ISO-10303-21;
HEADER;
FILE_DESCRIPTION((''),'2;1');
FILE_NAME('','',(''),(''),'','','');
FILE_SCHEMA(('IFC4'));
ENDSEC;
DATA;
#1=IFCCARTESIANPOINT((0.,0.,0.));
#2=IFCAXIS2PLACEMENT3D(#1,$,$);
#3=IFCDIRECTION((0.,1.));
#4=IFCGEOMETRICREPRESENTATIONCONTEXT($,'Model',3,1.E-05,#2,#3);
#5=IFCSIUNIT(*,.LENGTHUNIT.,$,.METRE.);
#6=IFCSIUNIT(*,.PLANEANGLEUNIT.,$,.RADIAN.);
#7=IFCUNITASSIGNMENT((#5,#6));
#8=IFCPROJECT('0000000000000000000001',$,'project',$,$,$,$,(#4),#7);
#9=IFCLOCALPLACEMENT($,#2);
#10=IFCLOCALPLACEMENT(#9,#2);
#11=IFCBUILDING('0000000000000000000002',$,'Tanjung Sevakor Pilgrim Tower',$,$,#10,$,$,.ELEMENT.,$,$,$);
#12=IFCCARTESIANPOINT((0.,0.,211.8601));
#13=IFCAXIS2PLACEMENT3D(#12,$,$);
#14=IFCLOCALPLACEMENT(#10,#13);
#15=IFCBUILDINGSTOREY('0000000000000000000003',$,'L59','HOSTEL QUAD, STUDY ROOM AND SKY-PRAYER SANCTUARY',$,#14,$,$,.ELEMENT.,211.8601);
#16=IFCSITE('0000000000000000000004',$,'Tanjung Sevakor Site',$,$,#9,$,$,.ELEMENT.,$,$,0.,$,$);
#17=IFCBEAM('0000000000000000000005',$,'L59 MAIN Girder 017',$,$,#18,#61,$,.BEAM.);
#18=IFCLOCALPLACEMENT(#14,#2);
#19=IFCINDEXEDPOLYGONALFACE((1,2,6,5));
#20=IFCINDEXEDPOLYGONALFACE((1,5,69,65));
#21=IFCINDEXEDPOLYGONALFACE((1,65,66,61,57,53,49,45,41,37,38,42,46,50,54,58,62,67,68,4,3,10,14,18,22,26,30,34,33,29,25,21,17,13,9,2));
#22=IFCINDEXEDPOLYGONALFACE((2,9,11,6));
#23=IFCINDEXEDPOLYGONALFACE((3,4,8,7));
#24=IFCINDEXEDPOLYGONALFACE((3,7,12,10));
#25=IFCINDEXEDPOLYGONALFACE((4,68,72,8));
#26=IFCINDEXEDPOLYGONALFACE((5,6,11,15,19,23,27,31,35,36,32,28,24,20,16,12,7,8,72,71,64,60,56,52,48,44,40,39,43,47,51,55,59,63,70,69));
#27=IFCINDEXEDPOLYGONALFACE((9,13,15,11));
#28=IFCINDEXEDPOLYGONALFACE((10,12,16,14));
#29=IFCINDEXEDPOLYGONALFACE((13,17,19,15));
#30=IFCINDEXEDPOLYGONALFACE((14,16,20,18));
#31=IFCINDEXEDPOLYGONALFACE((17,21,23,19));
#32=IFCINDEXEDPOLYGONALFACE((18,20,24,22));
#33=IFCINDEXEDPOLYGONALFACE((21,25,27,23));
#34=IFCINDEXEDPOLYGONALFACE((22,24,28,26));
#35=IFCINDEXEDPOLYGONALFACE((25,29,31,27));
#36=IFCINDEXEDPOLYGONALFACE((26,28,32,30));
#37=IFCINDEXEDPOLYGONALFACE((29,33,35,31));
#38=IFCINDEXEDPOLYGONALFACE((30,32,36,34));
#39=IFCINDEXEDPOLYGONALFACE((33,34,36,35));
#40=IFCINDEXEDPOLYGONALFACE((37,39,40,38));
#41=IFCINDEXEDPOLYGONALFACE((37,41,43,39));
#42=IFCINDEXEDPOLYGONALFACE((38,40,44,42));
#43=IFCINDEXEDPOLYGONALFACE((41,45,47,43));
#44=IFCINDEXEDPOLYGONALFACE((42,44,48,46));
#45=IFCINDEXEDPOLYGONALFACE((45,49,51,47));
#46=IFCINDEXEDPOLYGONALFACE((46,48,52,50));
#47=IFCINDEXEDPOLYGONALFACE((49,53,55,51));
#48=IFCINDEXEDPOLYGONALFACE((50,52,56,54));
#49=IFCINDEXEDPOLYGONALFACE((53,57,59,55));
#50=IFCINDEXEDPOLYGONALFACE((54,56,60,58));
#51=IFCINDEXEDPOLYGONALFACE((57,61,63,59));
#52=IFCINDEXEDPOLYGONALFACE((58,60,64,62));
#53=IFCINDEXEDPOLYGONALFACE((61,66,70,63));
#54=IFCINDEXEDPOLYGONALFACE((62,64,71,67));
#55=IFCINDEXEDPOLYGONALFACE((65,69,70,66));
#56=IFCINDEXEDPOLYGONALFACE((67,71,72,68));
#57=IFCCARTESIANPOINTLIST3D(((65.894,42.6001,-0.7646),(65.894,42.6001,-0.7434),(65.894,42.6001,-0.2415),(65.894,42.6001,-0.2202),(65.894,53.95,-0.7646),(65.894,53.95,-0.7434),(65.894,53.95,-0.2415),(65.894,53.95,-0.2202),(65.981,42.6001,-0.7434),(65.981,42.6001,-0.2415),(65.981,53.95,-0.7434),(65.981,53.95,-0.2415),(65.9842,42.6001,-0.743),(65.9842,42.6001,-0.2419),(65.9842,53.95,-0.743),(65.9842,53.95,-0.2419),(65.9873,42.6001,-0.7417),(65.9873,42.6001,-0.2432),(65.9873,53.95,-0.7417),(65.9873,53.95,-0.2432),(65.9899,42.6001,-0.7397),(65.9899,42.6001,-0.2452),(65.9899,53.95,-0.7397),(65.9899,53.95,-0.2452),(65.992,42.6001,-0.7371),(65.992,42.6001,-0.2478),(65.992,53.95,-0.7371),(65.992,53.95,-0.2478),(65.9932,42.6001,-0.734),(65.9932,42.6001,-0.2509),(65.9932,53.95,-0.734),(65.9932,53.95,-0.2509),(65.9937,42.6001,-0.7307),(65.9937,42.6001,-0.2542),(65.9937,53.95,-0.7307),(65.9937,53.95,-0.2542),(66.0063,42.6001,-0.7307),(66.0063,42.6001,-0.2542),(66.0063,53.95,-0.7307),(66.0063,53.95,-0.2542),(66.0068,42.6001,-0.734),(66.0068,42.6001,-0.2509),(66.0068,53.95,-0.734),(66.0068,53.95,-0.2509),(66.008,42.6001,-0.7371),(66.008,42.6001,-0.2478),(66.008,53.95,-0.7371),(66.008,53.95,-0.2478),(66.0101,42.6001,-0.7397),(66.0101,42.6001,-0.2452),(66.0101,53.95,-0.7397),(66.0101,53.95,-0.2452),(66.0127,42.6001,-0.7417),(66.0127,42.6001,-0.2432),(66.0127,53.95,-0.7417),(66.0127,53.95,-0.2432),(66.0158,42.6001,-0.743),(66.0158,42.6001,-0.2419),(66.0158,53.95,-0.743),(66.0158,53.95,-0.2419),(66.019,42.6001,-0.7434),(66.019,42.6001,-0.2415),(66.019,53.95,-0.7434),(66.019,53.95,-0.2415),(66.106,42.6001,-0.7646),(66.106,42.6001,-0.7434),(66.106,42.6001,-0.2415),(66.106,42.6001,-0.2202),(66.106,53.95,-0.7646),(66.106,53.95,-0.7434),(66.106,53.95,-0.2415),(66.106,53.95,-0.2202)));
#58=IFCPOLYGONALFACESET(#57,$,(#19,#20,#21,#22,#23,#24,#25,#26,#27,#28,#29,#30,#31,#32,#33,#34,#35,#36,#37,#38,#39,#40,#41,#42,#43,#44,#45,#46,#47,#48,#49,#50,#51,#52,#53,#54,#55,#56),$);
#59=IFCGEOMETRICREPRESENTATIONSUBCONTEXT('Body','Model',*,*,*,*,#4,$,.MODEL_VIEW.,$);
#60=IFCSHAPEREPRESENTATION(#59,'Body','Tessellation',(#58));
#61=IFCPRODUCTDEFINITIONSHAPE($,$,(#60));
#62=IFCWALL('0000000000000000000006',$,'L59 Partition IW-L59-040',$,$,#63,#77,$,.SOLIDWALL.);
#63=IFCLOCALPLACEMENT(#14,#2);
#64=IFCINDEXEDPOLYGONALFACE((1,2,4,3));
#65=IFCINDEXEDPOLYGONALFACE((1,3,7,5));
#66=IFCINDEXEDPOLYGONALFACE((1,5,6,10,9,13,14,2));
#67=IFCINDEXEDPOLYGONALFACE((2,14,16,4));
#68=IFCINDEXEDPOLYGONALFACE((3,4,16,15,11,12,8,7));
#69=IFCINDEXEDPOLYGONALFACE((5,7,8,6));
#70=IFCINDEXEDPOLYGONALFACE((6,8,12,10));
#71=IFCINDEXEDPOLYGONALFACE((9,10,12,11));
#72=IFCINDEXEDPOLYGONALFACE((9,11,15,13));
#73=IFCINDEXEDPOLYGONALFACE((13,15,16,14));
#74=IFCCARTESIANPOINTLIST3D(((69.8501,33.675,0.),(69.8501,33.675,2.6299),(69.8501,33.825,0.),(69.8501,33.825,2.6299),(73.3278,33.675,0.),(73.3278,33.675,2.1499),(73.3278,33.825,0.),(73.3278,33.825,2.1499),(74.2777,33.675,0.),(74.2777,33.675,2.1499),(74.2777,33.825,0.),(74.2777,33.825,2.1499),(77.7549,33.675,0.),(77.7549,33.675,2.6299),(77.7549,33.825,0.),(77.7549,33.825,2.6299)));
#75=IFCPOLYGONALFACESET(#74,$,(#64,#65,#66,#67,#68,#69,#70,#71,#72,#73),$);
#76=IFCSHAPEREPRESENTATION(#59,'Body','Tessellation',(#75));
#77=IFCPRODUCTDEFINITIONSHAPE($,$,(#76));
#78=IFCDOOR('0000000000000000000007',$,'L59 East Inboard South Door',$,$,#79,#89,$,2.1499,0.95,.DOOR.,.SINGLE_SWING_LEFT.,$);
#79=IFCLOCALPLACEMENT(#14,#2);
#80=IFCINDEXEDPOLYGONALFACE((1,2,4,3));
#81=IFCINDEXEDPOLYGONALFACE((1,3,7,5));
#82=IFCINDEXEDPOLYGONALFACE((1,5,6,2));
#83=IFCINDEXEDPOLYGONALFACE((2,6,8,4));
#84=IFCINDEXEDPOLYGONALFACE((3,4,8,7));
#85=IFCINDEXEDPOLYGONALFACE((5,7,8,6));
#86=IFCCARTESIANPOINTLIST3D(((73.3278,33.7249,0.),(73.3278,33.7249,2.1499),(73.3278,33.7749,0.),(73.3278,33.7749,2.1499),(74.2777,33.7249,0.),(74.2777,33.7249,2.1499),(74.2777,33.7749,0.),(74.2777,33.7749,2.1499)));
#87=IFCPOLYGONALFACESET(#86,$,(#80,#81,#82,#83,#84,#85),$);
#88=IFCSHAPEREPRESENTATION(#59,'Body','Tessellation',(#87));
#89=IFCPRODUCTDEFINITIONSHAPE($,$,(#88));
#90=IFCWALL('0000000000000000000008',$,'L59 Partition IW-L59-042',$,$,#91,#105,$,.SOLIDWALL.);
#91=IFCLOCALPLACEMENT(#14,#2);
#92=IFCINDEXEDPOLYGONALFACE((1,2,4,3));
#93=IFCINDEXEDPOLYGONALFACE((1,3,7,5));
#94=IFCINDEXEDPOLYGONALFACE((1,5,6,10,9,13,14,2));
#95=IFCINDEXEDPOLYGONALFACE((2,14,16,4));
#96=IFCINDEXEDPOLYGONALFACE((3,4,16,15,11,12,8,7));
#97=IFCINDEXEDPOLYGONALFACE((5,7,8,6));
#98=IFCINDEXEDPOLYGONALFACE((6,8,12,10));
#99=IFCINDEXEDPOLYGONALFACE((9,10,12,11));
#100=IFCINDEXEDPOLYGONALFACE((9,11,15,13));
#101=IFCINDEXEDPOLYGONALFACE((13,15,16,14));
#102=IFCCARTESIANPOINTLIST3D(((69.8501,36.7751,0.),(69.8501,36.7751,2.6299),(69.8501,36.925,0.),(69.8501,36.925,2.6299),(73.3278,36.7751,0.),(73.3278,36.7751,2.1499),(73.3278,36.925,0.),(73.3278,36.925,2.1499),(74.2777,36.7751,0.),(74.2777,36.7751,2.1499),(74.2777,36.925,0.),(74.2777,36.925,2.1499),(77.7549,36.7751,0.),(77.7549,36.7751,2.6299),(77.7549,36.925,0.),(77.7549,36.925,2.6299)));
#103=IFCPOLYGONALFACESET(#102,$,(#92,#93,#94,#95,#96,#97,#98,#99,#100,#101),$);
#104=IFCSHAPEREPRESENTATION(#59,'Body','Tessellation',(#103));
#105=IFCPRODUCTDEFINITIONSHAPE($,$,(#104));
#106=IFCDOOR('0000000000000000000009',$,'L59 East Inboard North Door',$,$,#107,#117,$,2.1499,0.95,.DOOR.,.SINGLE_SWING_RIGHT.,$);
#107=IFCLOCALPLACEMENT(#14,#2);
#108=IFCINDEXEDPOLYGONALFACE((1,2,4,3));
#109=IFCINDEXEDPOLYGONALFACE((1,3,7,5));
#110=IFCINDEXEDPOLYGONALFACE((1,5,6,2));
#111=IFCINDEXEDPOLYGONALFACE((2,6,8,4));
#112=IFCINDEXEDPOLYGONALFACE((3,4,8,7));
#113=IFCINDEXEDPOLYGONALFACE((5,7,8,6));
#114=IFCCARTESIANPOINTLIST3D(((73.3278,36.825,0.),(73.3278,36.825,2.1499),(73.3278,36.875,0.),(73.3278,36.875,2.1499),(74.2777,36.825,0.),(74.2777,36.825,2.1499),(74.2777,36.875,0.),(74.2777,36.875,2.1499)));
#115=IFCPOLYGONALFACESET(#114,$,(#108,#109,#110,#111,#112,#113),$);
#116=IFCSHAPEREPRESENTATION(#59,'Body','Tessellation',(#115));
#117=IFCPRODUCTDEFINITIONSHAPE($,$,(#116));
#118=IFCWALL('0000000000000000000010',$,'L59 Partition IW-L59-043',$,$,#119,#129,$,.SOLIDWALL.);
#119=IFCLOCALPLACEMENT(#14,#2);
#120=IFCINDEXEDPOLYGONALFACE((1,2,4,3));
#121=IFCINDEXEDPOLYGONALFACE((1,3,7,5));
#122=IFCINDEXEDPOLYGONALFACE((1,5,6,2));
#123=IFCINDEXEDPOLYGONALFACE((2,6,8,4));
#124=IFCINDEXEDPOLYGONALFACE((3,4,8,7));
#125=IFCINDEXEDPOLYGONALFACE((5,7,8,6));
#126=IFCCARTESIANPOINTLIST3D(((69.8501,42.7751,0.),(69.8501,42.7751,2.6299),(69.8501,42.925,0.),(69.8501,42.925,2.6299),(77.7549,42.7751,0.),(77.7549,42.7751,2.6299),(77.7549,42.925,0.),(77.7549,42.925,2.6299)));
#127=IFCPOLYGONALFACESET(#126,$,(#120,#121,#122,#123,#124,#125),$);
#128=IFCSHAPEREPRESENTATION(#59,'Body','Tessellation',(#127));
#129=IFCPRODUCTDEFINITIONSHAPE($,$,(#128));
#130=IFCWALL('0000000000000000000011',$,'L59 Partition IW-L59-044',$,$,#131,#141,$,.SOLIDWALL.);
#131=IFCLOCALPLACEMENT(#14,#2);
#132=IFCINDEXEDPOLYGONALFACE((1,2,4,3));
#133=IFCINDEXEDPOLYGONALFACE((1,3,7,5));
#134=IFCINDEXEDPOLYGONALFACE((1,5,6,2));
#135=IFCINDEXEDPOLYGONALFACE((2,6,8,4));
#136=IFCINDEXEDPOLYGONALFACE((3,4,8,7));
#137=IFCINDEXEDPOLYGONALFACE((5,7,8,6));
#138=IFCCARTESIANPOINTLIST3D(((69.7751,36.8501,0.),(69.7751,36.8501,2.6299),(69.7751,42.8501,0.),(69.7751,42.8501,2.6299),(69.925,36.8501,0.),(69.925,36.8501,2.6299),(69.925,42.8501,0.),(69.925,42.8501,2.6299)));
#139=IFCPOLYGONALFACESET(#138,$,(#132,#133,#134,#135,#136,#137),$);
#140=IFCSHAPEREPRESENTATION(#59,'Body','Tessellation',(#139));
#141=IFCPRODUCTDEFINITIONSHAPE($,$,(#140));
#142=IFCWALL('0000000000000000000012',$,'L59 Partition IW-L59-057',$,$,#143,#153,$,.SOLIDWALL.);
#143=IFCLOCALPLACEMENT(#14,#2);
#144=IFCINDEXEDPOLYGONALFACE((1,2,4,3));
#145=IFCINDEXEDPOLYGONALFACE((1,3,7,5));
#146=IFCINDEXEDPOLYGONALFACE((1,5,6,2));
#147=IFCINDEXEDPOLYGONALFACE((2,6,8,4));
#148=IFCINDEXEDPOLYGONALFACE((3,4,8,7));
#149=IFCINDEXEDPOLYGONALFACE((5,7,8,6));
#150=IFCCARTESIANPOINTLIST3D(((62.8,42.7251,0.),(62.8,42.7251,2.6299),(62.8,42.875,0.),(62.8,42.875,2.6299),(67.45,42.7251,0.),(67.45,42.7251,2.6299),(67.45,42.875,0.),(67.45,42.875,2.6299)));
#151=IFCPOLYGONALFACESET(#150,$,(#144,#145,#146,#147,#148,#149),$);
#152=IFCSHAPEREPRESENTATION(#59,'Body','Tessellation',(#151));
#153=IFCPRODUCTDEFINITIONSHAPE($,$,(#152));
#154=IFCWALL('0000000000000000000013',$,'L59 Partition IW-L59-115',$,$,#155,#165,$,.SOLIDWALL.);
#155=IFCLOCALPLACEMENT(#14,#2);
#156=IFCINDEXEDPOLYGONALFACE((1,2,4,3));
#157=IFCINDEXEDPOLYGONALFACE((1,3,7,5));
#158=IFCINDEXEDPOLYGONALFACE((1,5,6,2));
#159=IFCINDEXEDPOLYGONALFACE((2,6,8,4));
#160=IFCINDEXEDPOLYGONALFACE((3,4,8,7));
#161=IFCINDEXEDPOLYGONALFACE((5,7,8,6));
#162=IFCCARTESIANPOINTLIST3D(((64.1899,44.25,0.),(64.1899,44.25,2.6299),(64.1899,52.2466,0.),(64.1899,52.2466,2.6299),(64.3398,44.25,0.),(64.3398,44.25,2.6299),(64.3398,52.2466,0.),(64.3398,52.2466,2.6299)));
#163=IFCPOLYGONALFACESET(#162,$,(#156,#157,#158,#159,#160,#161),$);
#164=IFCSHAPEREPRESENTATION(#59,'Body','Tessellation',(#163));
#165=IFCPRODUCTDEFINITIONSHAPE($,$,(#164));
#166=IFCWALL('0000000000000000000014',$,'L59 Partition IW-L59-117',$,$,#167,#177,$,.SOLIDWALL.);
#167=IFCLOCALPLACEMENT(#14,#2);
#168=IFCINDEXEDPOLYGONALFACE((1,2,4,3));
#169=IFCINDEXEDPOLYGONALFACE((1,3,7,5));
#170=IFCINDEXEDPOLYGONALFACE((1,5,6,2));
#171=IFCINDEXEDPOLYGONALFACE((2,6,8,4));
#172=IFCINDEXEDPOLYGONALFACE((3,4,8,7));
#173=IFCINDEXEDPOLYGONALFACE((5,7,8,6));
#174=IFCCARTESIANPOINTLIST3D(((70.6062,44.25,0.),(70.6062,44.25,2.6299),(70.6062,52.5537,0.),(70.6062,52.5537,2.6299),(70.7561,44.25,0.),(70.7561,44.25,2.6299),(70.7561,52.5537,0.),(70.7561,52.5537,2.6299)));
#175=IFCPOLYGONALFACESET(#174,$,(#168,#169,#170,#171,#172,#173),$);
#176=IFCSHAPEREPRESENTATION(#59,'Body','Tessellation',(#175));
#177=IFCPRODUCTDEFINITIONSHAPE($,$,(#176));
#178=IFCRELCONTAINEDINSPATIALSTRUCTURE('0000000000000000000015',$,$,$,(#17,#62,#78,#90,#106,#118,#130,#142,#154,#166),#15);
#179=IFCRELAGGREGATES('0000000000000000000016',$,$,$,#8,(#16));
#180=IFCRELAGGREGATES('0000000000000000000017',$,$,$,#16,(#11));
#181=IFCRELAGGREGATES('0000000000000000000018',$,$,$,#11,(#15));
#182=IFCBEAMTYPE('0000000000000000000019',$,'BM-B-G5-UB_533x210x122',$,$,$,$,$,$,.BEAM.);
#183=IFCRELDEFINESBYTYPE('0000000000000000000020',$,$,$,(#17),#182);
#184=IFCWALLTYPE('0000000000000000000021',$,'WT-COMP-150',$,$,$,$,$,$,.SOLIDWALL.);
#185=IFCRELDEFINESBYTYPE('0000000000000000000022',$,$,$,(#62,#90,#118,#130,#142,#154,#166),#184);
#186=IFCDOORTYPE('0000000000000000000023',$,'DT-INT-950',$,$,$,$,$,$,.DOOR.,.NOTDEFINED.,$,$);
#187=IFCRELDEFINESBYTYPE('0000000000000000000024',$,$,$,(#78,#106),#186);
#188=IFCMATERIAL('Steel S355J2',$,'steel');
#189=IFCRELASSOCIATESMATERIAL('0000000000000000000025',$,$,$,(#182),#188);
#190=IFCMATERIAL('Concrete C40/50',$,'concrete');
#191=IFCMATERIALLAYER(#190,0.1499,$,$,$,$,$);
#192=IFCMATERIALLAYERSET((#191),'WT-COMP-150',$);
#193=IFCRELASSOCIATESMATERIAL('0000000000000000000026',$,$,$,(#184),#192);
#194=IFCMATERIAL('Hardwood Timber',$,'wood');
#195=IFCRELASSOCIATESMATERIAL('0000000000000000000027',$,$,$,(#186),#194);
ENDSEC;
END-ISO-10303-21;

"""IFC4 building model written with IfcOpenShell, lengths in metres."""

from ifc_helpers import new_model, si_unit, direction, frame, frame_2d, origin, origin_2d, place, context, subcontext, project, spatial, rectangle, i_section, extrude, material, layer, layer_set, material_profile, profile_set, type_object, element, fill, save


model = new_model("IFC4")

# Units and contexts
model_context = context("Model", 3, precision=1e-05, world=origin(), true_north=direction((0.0, 1.0)))
body_context = subcontext(model_context, "Body", "Model", "MODEL_VIEW")
ifc_project = project(units=[si_unit("LENGTHUNIT", "METRE"), si_unit("PLANEANGLEUNIT", "RADIAN")], contexts=[model_context])

# Site, building, storey
site_placement = place(None, origin())
site = spatial("IfcSite", under=ifc_project, at=site_placement, Name="Tanjung Sevakor Site", CompositionType="ELEMENT", RefElevation=0.0)
building_placement = place(site_placement, origin())
building = spatial("IfcBuilding", under=site, at=building_placement, Name="Tanjung Sevakor Pilgrim Tower", CompositionType="ELEMENT")
storey_placement = place(building_placement, frame((0.0, 0.0, 211.8601)))
storey = spatial("IfcBuildingStorey", under=building, at=storey_placement, Name="L59", Description="HOSTEL QUAD, STUDY ROOM AND SKY-PRAYER SANCTUARY", CompositionType="ELEMENT", Elevation=211.8601)

# Beam
ifc_material_1 = material(Name="Steel S355J2", Category="steel")
ifc_material_profile_1 = material_profile(ifc_material_1, i_section(OverallWidth=0.2119, OverallDepth=0.5444, WebThickness=0.0127, FlangeThickness=0.0212, FilletRadius=0.0127, at=origin_2d()))
ifc_profile_set_1 = profile_set([ifc_material_profile_1], Name="Steel S355J2")
beam_type_1 = type_object("IfcBeamType", Name="BM-B-G5-UB_533x210x122", PredefinedType="BEAM", material=ifc_profile_set_1)
for number, where, z_axis, x_axis, name in (
    (1, (66.0, 42.6001, -0.4924), (0.0, 1.0, 0.0), (-1.0, 0.0, 0.0), "L59 MAIN Girder 017"),
):
    element("IfcBeam", number, at=place(storey_placement, frame(where, z_axis=z_axis, x_axis=x_axis)), inside=storey, type_object=beam_type_1, Name=name, PredefinedType="BEAM", context=body_context, shape_type="SweptSolid", body=[
        extrude(i_section(OverallWidth=0.2119, OverallDepth=0.5444, WebThickness=0.0127, FlangeThickness=0.0212, FilletRadius=0.0127, at=origin_2d()), origin(), (0.0, 0.0, 1.0), 11.3499),
    ])

# Walls, openings, doors
ifc_material_2 = material(Name="Concrete C40/50", Category="concrete")
ifc_layer_1 = layer(ifc_material_2, 0.1499)
ifc_layer_set_1 = layer_set([ifc_layer_1], Name="WT-COMP-150")
wall_type_1 = type_object("IfcWallType", Name="WT-COMP-150", PredefinedType="SOLIDWALL", material=ifc_layer_set_1)
wall_1_placement = place(storey_placement, frame((69.8501, 33.75, 0.0), z_axis=(0.0, 0.0, 1.0), x_axis=(1.0, 0.0, 0.0)))
wall_1 = element("IfcWall", 2, at=wall_1_placement, inside=storey, type_object=wall_type_1, Name="L59 Partition IW-L59-040", PredefinedType="SOLIDWALL", context=body_context, shape_type="SweptSolid", body=[
    extrude(rectangle(XDim=7.9048, YDim=0.1499, at=frame_2d((3.9524, 0.0))), origin(), (0.0, 0.0, 1.0), 2.6299),
])
opening_1_placement = place(wall_1_placement, frame((3.4775, 0.0, 0.0)))
opening_1 = element("IfcOpeningElement", 3, at=opening_1_placement, cuts=wall_1, PredefinedType="OPENING", context=body_context, shape_type="SweptSolid", body=[
    extrude(rectangle(XDim=0.95, YDim=2.1499, at=frame_2d((0.4751, 1.075))), frame((0.0, 0.085, 0.0), z_axis=(0.0, -1.0, 0.0), x_axis=(1.0, 0.0, 0.0)), (0.0, 0.0, 1.0), 0.1699),
])
ifc_material_3 = material(Name="Hardwood Timber", Category="wood")
door_type_1 = type_object("IfcDoorType", Name="DT-INT-950", OperationType="NOTDEFINED", PredefinedType="DOOR", material=ifc_material_3)
door_1_placement = place(opening_1_placement, origin())
door_1 = element("IfcDoor", 4, at=door_1_placement, inside=storey, type_object=door_type_1, Name="L59 East Inboard South Door", OperationType="SINGLE_SWING_LEFT", OverallHeight=2.1499, OverallWidth=0.95, PredefinedType="DOOR", context=body_context, shape_type="SweptSolid", body=[
    extrude(rectangle(XDim=0.95, YDim=2.1499, at=frame_2d((0.4751, 1.075))), frame((0.0, 0.0249, 0.0), z_axis=(0.0, -1.0, 0.0), x_axis=(1.0, 0.0, 0.0)), (0.0, 0.0, 1.0), 0.05),
])
fill(opening_1, door_1)
wall_2_placement = place(storey_placement, frame((69.8501, 36.8501, 0.0), z_axis=(0.0, 0.0, 1.0), x_axis=(1.0, 0.0, 0.0)))
wall_2 = element("IfcWall", 5, at=wall_2_placement, inside=storey, type_object=wall_type_1, Name="L59 Partition IW-L59-042", PredefinedType="SOLIDWALL", context=body_context, shape_type="SweptSolid", body=[
    extrude(rectangle(XDim=7.9048, YDim=0.1499, at=frame_2d((3.9524, 0.0))), origin(), (0.0, 0.0, 1.0), 2.6299),
])
opening_2_placement = place(wall_2_placement, frame((3.4775, 0.0, 0.0)))
opening_2 = element("IfcOpeningElement", 6, at=opening_2_placement, cuts=wall_2, PredefinedType="OPENING", context=body_context, shape_type="SweptSolid", body=[
    extrude(rectangle(XDim=0.95, YDim=2.1499, at=frame_2d((0.4751, 1.075))), frame((0.0, 0.085, 0.0), z_axis=(0.0, -1.0, 0.0), x_axis=(1.0, 0.0, 0.0)), (0.0, 0.0, 1.0), 0.1699),
])
door_2_placement = place(opening_2_placement, origin())
door_2 = element("IfcDoor", 7, at=door_2_placement, inside=storey, type_object=door_type_1, Name="L59 East Inboard North Door", OperationType="SINGLE_SWING_RIGHT", OverallHeight=2.1499, OverallWidth=0.95, PredefinedType="DOOR", context=body_context, shape_type="SweptSolid", body=[
    extrude(rectangle(XDim=0.95, YDim=2.1499, at=frame_2d((0.4751, 1.075))), frame((0.0, 0.0249, 0.0), z_axis=(0.0, -1.0, 0.0), x_axis=(1.0, 0.0, 0.0)), (0.0, 0.0, 1.0), 0.05),
])
fill(opening_2, door_2)

# Walls
wall_3_placement = place(storey_placement, frame((69.8501, 42.8501, 0.0), z_axis=(0.0, 0.0, 1.0), x_axis=(1.0, 0.0, 0.0)))
element("IfcWall", 8, at=wall_3_placement, inside=storey, type_object=wall_type_1, Name="L59 Partition IW-L59-043", PredefinedType="SOLIDWALL", context=body_context, shape_type="SweptSolid", body=[
    extrude(rectangle(XDim=7.9048, YDim=0.1499, at=frame_2d((3.9524, 0.0))), origin(), (0.0, 0.0, 1.0), 2.6299),
])
wall_4_placement = place(storey_placement, frame((69.8501, 36.8501, 0.0), z_axis=(0.0, 0.0, 1.0), x_axis=(0.0, 1.0, 0.0)))
element("IfcWall", 9, at=wall_4_placement, inside=storey, type_object=wall_type_1, Name="L59 Partition IW-L59-044", PredefinedType="SOLIDWALL", context=body_context, shape_type="SweptSolid", body=[
    extrude(rectangle(XDim=6.0, YDim=0.1499, at=frame_2d((3.0, 0.0))), origin(), (0.0, 0.0, 1.0), 2.6299),
])
wall_5_placement = place(storey_placement, frame((62.8, 42.8, 0.0), z_axis=(0.0, 0.0, 1.0), x_axis=(1.0, 0.0, 0.0)))
element("IfcWall", 10, at=wall_5_placement, inside=storey, type_object=wall_type_1, Name="L59 Partition IW-L59-057", PredefinedType="SOLIDWALL", context=body_context, shape_type="SweptSolid", body=[
    extrude(rectangle(XDim=4.6499, YDim=0.1499, at=frame_2d((2.325, 0.0))), origin(), (0.0, 0.0, 1.0), 2.6299),
])
wall_6_placement = place(storey_placement, frame((64.2649, 44.25, 0.0), z_axis=(0.0, 0.0, 1.0), x_axis=(0.0, 1.0, 0.0)))
element("IfcWall", 11, at=wall_6_placement, inside=storey, type_object=wall_type_1, Name="L59 Partition IW-L59-115", PredefinedType="SOLIDWALL", context=body_context, shape_type="SweptSolid", body=[
    extrude(rectangle(XDim=7.9966, YDim=0.1499, at=frame_2d((3.9983, 0.0))), origin(), (0.0, 0.0, 1.0), 2.6299),
])
wall_7_placement = place(storey_placement, frame((70.6812, 44.25, 0.0), z_axis=(0.0, 0.0, 1.0), x_axis=(0.0, 1.0, 0.0)))
element("IfcWall", 12, at=wall_7_placement, inside=storey, type_object=wall_type_1, Name="L59 Partition IW-L59-117", PredefinedType="SOLIDWALL", context=body_context, shape_type="SweptSolid", body=[
    extrude(rectangle(XDim=8.3037, YDim=0.1499, at=frame_2d((4.1519, 0.0))), origin(), (0.0, 0.0, 1.0), 2.6299),
])

save(model, "model.ifc")
